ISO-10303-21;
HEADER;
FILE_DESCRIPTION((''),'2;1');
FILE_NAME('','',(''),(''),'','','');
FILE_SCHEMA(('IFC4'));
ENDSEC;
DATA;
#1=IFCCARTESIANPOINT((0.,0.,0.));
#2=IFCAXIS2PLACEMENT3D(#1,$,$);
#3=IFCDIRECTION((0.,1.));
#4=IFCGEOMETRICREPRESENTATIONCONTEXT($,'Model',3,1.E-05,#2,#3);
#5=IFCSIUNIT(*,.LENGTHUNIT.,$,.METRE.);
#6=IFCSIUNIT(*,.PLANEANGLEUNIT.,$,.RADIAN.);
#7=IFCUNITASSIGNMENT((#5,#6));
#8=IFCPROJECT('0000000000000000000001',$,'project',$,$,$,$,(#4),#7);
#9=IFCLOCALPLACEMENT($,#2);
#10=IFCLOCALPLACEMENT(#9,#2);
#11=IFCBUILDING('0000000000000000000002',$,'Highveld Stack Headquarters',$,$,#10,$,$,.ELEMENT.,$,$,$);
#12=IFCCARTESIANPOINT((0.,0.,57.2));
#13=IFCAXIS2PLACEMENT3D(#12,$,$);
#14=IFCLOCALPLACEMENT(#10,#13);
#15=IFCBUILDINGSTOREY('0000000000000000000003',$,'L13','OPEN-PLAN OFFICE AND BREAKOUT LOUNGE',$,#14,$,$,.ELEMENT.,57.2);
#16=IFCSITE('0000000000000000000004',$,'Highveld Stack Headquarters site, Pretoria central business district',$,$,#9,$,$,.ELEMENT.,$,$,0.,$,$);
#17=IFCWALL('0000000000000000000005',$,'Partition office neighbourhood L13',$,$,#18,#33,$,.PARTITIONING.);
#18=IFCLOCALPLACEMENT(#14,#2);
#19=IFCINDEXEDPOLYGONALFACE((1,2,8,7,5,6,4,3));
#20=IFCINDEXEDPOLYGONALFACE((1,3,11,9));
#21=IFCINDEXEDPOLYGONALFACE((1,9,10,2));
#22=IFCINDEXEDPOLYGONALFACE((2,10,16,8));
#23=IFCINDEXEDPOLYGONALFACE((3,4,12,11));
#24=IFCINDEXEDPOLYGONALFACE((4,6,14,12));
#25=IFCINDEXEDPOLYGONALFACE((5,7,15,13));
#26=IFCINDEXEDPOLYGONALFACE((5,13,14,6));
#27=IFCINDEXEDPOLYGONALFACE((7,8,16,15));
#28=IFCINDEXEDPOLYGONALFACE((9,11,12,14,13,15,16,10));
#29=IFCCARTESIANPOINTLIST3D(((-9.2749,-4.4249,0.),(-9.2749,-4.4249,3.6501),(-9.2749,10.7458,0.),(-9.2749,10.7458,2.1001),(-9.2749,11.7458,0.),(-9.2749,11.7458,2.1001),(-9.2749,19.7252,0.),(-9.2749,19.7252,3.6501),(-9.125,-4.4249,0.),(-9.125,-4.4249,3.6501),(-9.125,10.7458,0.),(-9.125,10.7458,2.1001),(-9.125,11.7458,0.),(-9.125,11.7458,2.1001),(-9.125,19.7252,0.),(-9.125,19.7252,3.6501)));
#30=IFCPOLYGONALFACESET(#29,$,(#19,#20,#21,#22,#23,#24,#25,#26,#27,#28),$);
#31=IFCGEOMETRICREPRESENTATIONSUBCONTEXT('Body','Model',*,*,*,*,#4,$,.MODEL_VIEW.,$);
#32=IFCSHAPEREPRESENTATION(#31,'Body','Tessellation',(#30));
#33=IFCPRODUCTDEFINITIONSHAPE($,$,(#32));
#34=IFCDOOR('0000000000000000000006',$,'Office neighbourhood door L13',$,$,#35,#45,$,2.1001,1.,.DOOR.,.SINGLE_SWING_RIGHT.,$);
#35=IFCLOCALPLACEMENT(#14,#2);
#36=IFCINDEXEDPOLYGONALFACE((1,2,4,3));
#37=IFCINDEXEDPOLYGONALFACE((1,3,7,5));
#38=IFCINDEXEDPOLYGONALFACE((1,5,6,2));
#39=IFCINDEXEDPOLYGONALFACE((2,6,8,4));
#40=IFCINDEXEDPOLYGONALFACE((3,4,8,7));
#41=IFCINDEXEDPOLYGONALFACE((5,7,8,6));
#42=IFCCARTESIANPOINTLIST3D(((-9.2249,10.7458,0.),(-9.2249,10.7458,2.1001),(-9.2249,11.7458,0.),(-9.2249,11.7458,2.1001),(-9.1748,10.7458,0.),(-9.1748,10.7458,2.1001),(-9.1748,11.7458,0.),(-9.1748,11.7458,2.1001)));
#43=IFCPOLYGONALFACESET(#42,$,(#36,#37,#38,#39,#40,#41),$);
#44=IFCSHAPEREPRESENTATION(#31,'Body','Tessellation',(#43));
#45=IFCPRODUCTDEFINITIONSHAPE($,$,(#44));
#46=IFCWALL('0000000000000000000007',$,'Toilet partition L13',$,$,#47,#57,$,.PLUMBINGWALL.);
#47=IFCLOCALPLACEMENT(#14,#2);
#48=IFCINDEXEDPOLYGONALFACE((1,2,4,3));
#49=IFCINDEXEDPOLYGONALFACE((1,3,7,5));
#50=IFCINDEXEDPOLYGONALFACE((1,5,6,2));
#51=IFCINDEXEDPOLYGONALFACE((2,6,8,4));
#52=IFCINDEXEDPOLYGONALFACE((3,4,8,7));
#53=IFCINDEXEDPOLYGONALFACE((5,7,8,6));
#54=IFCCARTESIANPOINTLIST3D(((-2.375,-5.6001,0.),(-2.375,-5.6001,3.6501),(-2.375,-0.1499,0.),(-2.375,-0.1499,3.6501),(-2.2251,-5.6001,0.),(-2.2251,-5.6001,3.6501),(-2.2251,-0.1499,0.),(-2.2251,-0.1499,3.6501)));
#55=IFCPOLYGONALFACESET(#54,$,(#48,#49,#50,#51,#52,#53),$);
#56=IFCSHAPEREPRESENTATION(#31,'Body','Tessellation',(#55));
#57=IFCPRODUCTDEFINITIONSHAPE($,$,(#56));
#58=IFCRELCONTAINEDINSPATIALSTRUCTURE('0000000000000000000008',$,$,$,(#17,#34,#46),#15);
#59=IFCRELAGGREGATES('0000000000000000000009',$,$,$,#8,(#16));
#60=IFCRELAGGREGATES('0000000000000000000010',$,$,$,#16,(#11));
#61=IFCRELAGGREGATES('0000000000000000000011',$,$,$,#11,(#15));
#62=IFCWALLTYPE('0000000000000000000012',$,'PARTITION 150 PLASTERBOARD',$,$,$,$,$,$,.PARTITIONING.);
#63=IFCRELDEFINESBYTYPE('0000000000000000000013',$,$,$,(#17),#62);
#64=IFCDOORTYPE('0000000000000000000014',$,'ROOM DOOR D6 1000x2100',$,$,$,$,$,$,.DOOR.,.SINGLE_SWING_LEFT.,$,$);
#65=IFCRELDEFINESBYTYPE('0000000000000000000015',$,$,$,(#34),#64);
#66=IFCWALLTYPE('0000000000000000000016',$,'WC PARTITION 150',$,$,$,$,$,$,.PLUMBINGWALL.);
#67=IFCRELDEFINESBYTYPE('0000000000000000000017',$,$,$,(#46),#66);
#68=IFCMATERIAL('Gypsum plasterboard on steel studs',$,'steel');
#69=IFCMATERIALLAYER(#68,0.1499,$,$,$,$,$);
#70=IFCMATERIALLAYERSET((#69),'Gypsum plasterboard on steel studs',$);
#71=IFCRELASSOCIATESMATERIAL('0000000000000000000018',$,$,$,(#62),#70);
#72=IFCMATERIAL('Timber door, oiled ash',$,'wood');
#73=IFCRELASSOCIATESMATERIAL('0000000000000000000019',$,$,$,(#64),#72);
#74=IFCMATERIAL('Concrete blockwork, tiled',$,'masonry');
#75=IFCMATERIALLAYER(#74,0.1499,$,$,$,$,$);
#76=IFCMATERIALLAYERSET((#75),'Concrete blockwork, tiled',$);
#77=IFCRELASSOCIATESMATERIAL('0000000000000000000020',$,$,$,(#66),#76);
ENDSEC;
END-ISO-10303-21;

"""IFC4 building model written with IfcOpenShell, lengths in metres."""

from ifc_helpers import new_model, si_unit, direction, frame, frame_2d, origin, place, context, subcontext, project, spatial, rectangle, extrude, material, layer, layer_set, type_object, element, fill, save


model = new_model("IFC4")

# Units and contexts
model_context = context("Model", 3, precision=1e-05, world=origin(), true_north=direction((0.0, 1.0)))
body_context = subcontext(model_context, "Body", "Model", "MODEL_VIEW")
ifc_project = project(units=[si_unit("LENGTHUNIT", "METRE"), si_unit("PLANEANGLEUNIT", "RADIAN")], contexts=[model_context])

# Site, building, storey
site_placement = place(None, origin())
site = spatial("IfcSite", under=ifc_project, at=site_placement, Name="Highveld Stack Headquarters site, Pretoria central business district", CompositionType="ELEMENT", RefElevation=0.0)
building_placement = place(site_placement, origin())
building = spatial("IfcBuilding", under=site, at=building_placement, Name="Highveld Stack Headquarters", CompositionType="ELEMENT")
storey_placement = place(building_placement, frame((0.0, 0.0, 57.2)))
storey = spatial("IfcBuildingStorey", under=building, at=storey_placement, Name="L13", Description="OPEN-PLAN OFFICE AND BREAKOUT LOUNGE", CompositionType="ELEMENT", Elevation=57.2)

# Wall, opening, door
ifc_material_1 = material(Name="Gypsum plasterboard on steel studs", Category="steel")
ifc_layer_1 = layer(ifc_material_1, 0.1499)
ifc_layer_set_1 = layer_set([ifc_layer_1], Name="Gypsum plasterboard on steel studs")
wall_type_1 = type_object("IfcWallType", Name="PARTITION 150 PLASTERBOARD", PredefinedType="PARTITIONING", material=ifc_layer_set_1)
ifc_material_2 = material(Name="Timber door, oiled ash", Category="wood")
door_type_1 = type_object("IfcDoorType", Name="ROOM DOOR D6 1000x2100", OperationType="SINGLE_SWING_LEFT", PredefinedType="DOOR", material=ifc_material_2)
wall_1_placement = place(storey_placement, frame((-9.2, -4.425, 0.0), z_axis=(0.0, 0.0, 1.0), x_axis=(0.0, 1.0, 0.0)))
wall_1 = element("IfcWall", 1, at=wall_1_placement, inside=storey, type_object=wall_type_1, Name="Partition office neighbourhood L13", PredefinedType="PARTITIONING", context=body_context, shape_type="SweptSolid", body=[
    extrude(rectangle(XDim=24.1501, YDim=0.1499, at=frame_2d((12.0752, 0.0))), origin(), (0.0, 0.0, 1.0), 3.6501),
])
opening_1_placement = place(wall_1_placement, frame((15.1709, 0.0, 0.0)))
opening_1 = element("IfcOpeningElement", 2, at=opening_1_placement, cuts=wall_1, PredefinedType="OPENING", context=body_context, shape_type="SweptSolid", body=[
    extrude(rectangle(XDim=1.0, YDim=2.1001, at=frame_2d((0.5, 1.05))), frame((0.0, 0.085, 0.0), z_axis=(0.0, -1.0, 0.0), x_axis=(1.0, 0.0, 0.0)), (0.0, 0.0, 1.0), 0.1699),
])
door_1_placement = place(opening_1_placement, origin())
door_1 = element("IfcDoor", 3, at=door_1_placement, inside=storey, type_object=door_type_1, Name="Office neighbourhood door L13", OperationType="SINGLE_SWING_RIGHT", OverallHeight=2.1001, OverallWidth=1.0, PredefinedType="DOOR", context=body_context, shape_type="SweptSolid", body=[
    extrude(rectangle(XDim=1.0, YDim=2.1001, at=frame_2d((0.5, 1.05))), frame((0.0, 0.0249, 0.0), z_axis=(0.0, -1.0, 0.0), x_axis=(1.0, 0.0, 0.0)), (0.0, 0.0, 1.0), 0.05),
])
fill(opening_1, door_1)

# Wall
ifc_material_3 = material(Name="Concrete blockwork, tiled", Category="masonry")
ifc_layer_2 = layer(ifc_material_3, 0.1499)
ifc_layer_set_2 = layer_set([ifc_layer_2], Name="Concrete blockwork, tiled")
wall_type_2 = type_object("IfcWallType", Name="WC PARTITION 150", PredefinedType="PLUMBINGWALL", material=ifc_layer_set_2)
wall_2_placement = place(storey_placement, frame((-2.3, -5.6001, 0.0), z_axis=(0.0, 0.0, 1.0), x_axis=(0.0, 1.0, 0.0)))
element("IfcWall", 4, at=wall_2_placement, inside=storey, type_object=wall_type_2, Name="Toilet partition L13", PredefinedType="PLUMBINGWALL", context=body_context, shape_type="SweptSolid", body=[
    extrude(rectangle(XDim=5.4502, YDim=0.1499, at=frame_2d((2.7251, 0.0))), origin(), (0.0, 0.0, 1.0), 3.6501),
])

save(model, "model.ifc")
